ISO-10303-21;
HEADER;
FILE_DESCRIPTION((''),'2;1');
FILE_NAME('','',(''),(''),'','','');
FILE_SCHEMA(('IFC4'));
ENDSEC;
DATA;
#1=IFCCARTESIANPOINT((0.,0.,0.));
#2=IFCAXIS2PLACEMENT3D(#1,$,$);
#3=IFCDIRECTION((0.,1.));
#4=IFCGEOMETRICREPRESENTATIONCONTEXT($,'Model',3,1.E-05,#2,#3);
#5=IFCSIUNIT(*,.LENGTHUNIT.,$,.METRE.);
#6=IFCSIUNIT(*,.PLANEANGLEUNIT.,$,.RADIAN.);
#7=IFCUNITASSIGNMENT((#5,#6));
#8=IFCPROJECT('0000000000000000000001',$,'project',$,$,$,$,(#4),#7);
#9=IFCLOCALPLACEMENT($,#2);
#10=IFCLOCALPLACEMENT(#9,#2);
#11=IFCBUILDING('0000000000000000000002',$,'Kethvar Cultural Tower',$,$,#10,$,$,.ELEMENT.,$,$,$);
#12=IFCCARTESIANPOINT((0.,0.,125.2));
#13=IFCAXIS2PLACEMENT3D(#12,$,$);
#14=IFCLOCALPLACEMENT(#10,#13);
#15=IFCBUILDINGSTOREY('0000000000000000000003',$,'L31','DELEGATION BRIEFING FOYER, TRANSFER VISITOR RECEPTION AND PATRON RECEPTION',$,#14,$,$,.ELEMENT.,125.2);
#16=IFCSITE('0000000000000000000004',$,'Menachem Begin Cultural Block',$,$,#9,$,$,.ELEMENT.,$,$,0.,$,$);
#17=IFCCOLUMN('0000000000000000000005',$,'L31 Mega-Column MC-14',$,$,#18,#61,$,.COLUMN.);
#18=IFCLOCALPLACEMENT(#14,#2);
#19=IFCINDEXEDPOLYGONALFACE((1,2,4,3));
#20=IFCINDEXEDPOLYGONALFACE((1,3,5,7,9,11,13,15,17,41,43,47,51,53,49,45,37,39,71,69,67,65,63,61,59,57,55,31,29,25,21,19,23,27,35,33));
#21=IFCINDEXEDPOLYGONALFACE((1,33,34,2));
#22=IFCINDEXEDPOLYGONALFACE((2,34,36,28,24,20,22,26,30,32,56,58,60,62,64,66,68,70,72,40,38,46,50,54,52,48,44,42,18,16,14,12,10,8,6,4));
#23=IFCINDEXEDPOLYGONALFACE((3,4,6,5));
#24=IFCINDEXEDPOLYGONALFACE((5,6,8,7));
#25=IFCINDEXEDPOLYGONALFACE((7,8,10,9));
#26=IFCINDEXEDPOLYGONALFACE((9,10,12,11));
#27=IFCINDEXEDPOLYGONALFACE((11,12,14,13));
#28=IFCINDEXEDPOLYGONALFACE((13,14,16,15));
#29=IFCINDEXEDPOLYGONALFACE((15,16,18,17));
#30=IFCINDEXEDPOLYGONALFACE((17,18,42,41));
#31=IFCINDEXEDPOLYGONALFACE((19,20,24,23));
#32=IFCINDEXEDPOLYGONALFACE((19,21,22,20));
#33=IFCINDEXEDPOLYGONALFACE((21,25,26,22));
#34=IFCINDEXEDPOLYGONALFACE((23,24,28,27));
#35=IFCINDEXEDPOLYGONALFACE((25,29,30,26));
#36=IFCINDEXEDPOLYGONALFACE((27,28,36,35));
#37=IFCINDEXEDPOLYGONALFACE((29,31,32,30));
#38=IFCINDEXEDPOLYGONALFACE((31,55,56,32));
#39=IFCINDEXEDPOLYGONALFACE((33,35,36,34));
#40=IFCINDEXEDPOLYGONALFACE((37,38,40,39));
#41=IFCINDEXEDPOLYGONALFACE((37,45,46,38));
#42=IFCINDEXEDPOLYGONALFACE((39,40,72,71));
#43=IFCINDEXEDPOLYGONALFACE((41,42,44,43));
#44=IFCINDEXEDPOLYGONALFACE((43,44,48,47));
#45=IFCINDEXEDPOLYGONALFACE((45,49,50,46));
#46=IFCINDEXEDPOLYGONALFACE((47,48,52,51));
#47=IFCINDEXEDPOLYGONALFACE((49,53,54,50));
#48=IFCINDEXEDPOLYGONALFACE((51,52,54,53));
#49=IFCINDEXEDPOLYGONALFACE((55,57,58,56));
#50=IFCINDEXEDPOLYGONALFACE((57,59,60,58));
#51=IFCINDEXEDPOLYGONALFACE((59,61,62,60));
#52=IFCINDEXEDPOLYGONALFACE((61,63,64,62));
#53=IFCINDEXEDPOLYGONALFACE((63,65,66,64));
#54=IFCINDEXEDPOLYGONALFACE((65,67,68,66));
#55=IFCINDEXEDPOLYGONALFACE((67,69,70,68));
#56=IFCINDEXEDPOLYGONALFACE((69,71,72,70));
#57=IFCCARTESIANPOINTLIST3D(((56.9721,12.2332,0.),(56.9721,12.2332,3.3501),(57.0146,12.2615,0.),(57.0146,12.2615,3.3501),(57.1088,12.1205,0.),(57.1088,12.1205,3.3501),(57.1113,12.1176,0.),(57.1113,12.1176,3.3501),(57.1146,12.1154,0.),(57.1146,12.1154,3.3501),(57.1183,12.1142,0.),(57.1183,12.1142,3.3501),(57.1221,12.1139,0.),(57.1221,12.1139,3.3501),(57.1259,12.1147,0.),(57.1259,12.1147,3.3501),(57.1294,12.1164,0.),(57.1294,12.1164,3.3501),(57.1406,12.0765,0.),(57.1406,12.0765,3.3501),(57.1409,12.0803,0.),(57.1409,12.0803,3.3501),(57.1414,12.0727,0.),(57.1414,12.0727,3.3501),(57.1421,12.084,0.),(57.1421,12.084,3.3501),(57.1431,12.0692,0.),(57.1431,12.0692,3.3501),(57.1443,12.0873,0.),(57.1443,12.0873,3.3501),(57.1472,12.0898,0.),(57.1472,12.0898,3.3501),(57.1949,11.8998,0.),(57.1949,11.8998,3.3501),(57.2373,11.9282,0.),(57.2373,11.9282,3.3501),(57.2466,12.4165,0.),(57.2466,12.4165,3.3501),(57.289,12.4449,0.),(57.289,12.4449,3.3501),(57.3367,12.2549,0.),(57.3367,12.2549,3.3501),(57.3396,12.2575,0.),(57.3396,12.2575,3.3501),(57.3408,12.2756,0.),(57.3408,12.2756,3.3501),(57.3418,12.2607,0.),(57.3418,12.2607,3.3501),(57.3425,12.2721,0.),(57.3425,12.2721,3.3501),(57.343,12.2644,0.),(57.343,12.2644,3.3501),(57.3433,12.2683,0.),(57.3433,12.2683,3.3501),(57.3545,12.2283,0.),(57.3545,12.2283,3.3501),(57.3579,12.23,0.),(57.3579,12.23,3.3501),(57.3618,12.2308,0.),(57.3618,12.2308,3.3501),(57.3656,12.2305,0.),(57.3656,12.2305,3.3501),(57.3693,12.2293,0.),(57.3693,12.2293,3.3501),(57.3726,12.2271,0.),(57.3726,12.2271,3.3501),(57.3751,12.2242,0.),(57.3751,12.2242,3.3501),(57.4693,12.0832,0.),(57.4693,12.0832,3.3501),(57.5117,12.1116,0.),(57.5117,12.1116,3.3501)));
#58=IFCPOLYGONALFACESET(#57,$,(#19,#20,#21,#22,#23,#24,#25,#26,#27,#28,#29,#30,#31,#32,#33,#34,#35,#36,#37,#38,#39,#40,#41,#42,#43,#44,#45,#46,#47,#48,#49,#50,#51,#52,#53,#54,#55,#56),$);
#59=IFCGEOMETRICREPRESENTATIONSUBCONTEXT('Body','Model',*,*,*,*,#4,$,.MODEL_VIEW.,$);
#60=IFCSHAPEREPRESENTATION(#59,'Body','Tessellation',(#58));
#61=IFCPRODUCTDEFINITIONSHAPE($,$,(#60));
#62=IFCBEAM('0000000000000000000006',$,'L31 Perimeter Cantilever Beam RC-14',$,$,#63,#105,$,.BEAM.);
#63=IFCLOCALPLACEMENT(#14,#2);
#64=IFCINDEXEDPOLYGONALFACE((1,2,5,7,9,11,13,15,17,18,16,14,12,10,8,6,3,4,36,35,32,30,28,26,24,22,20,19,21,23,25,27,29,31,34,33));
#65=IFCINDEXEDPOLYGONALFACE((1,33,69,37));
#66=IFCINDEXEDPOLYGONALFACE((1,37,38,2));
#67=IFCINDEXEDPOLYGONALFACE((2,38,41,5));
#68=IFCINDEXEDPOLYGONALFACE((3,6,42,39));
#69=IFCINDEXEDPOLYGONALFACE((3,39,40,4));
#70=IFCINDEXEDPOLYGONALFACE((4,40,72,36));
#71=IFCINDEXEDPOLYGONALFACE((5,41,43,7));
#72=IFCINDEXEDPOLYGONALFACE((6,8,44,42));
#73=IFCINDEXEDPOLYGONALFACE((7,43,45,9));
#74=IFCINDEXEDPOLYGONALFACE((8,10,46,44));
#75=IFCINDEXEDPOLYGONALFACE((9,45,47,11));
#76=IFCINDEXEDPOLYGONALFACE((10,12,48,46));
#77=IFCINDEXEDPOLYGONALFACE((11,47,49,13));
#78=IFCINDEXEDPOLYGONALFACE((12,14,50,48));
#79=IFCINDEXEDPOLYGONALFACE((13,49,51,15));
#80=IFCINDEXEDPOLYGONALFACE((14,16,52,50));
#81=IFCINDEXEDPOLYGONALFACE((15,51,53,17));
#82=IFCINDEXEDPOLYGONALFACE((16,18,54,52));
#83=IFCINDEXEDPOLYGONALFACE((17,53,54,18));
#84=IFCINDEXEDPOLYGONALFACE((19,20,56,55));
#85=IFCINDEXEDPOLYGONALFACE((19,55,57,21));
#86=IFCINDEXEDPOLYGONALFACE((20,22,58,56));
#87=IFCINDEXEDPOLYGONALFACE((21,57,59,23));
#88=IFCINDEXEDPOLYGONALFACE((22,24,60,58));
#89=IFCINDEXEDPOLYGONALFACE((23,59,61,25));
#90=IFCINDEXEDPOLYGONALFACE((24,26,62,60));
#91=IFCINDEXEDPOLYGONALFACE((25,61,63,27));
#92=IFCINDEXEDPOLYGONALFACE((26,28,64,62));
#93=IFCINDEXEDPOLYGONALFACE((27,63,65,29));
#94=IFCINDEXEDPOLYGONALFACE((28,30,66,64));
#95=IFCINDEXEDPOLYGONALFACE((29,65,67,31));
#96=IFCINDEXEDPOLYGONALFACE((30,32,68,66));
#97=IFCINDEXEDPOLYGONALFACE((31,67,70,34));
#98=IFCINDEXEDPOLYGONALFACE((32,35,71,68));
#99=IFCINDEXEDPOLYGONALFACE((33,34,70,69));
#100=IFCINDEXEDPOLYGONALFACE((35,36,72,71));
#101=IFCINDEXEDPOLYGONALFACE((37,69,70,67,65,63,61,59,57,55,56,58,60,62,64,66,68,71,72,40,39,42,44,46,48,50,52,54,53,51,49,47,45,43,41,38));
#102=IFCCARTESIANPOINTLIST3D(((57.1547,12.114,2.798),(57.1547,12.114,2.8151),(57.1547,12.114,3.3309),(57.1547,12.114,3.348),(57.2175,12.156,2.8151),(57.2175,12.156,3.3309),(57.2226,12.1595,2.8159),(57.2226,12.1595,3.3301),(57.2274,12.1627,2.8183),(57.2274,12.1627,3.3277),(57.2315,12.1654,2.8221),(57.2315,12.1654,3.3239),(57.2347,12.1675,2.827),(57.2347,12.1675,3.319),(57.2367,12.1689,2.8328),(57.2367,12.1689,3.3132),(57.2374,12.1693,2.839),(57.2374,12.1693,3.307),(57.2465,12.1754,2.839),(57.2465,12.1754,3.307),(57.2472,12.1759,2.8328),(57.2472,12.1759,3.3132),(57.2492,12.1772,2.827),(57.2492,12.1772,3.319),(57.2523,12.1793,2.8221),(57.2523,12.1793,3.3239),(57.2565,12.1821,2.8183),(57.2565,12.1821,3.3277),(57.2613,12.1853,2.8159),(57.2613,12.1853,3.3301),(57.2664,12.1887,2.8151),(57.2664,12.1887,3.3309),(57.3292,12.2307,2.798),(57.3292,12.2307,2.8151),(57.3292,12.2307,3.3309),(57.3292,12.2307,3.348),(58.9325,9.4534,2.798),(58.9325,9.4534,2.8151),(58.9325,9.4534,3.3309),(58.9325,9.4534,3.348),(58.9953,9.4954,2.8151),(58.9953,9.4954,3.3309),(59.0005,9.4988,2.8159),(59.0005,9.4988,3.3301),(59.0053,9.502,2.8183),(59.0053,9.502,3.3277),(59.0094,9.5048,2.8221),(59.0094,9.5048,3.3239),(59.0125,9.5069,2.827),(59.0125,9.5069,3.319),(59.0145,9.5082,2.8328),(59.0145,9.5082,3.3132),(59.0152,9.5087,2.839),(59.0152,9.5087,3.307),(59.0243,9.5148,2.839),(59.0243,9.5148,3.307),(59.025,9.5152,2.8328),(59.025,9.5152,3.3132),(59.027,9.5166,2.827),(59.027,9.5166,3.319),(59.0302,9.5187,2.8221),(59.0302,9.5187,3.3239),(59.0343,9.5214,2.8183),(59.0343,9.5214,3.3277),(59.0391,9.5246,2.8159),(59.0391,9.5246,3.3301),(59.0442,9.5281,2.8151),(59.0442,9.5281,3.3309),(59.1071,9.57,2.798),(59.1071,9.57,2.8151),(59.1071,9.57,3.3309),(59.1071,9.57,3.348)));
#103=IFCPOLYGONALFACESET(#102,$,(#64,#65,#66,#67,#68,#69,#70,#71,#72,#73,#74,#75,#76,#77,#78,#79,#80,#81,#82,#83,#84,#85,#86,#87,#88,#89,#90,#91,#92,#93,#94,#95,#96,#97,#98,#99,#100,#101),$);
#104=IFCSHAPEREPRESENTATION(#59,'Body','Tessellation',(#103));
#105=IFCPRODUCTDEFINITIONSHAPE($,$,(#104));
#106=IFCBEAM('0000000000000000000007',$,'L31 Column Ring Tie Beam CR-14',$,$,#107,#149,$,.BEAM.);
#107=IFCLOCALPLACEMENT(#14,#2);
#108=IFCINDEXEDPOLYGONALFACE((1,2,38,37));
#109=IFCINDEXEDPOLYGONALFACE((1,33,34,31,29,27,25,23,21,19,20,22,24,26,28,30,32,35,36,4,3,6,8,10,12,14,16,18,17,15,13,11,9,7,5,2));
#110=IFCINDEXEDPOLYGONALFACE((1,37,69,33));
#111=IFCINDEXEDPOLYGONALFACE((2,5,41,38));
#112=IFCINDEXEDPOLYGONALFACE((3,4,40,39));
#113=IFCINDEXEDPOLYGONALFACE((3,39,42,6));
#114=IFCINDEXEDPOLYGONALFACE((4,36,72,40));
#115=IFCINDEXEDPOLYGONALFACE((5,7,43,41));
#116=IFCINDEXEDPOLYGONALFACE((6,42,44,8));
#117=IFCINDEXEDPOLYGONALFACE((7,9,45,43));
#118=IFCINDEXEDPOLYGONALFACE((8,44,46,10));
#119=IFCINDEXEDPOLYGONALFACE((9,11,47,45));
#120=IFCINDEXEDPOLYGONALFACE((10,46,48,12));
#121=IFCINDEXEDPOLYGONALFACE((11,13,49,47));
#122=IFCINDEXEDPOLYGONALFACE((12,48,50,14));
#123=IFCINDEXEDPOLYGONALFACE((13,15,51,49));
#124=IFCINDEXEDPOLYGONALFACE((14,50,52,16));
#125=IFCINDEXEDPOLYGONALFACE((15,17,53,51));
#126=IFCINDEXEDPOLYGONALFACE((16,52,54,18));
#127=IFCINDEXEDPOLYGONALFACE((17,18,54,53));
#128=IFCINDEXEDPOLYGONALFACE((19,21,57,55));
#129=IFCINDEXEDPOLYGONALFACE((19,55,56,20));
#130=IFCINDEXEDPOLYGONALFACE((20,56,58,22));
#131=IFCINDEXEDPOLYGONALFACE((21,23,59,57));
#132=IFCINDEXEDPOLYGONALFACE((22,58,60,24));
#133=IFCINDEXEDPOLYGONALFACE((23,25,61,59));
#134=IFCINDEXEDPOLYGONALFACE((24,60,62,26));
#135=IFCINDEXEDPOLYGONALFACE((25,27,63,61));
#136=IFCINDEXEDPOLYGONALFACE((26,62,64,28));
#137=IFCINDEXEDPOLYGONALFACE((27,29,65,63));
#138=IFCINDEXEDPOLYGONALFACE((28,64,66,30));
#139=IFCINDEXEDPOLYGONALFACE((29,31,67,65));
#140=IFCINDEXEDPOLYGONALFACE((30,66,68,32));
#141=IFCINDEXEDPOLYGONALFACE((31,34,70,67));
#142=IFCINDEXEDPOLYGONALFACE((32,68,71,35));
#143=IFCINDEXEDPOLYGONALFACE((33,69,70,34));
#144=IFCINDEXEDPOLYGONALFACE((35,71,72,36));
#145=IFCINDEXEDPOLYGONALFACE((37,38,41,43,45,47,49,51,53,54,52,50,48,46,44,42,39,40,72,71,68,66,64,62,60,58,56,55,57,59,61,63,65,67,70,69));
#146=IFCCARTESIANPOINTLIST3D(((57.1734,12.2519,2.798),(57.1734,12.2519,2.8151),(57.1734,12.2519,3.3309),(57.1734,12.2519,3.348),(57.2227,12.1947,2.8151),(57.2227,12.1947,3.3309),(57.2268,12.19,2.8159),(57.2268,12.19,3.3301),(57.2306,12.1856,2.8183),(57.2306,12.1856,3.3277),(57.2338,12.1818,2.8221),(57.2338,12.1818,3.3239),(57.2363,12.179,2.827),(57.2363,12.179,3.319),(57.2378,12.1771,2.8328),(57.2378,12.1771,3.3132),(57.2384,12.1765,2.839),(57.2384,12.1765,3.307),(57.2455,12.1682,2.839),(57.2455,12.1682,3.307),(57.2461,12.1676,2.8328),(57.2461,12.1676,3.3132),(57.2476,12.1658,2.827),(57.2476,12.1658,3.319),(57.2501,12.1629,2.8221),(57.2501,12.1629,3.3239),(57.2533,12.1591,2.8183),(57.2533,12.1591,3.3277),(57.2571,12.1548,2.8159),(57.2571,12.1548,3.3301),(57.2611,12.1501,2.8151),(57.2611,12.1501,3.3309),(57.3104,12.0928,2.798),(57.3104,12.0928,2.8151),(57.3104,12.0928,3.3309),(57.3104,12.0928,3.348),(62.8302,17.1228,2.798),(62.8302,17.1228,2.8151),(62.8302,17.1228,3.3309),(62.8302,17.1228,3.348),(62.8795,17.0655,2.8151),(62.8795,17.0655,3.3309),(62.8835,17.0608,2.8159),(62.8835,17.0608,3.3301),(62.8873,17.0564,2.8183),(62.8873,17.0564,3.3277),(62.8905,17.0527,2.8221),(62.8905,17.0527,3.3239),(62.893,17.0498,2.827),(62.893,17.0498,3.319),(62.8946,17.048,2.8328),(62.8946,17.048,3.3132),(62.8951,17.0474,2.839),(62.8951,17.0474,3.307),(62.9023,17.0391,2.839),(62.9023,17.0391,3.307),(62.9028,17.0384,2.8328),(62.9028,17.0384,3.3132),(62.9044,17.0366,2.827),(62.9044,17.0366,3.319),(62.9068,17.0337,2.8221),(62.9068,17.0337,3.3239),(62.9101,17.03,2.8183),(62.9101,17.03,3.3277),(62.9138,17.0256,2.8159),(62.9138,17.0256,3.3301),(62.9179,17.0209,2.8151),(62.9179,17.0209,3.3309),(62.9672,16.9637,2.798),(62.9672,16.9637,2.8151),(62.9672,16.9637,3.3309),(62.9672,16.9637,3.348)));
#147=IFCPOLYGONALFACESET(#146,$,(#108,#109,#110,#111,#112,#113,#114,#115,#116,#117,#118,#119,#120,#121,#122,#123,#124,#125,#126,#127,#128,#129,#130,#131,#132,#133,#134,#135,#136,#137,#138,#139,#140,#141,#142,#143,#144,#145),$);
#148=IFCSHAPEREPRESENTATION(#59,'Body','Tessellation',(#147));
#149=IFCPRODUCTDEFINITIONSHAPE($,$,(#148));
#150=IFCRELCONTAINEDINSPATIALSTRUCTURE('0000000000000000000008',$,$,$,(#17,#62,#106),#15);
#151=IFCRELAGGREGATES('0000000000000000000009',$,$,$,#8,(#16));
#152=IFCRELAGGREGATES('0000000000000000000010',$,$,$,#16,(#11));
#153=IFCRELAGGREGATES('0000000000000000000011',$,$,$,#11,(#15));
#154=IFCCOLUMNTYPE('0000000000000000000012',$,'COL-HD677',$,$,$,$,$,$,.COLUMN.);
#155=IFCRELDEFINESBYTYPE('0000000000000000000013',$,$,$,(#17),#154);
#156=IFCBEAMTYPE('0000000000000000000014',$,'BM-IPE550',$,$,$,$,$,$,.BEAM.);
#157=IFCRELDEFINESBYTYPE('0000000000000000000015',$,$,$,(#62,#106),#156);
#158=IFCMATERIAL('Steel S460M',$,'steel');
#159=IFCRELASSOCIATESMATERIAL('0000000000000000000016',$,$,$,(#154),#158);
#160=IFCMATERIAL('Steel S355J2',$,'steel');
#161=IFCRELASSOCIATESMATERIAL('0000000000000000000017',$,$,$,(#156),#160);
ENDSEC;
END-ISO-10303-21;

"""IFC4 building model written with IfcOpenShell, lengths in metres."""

from ifc_helpers import new_model, si_unit, direction, frame, origin, origin_2d, place, context, subcontext, project, spatial, i_section, extrude, source, transform, mapped, material, material_profile, profile_set, type_object, element, save


model = new_model("IFC4")

# Units and contexts
model_context = context("Model", 3, precision=1e-05, world=origin(), true_north=direction((0.0, 1.0)))
body_context = subcontext(model_context, "Body", "Model", "MODEL_VIEW")
ifc_project = project(units=[si_unit("LENGTHUNIT", "METRE"), si_unit("PLANEANGLEUNIT", "RADIAN")], contexts=[model_context])

# Site, building, storey
site_placement = place(None, origin())
site = spatial("IfcSite", under=ifc_project, at=site_placement, Name="Menachem Begin Cultural Block", CompositionType="ELEMENT", RefElevation=0.0)
building_placement = place(site_placement, origin())
building = spatial("IfcBuilding", under=site, at=building_placement, Name="Kethvar Cultural Tower", CompositionType="ELEMENT")
storey_placement = place(building_placement, frame((0.0, 0.0, 125.2)))
storey = spatial("IfcBuildingStorey", under=building, at=storey_placement, Name="L31", Description="DELEGATION BRIEFING FOYER, TRANSFER VISITOR RECEPTION AND PATRON RECEPTION", CompositionType="ELEMENT", Elevation=125.2)

# Column
ifc_material_1 = material(Name="Steel S460M", Category="steel")
ifc_material_profile_1 = material_profile(ifc_material_1, i_section(OverallWidth=0.4009, OverallDepth=0.3811, WebThickness=0.032, FlangeThickness=0.051, FilletRadius=0.0149, at=origin_2d()), Name="Steel S460M — HD400x677")
ifc_profile_set_1 = profile_set([ifc_material_profile_1], Name="Steel S460M — HD400x677")
column_type = type_object("IfcColumnType", Name="COL-HD677", PredefinedType="COLUMN", material=ifc_profile_set_1)
shared_shape_1 = source(origin(), body_context, "Body", "SweptSolid", [
    extrude(i_section(OverallWidth=0.4009, OverallDepth=0.3811, WebThickness=0.032, FlangeThickness=0.051, FilletRadius=0.0149, at=origin_2d()), origin(), (0.0, 0.0, 1.0), 3.3501),
])
column_placement = place(storey_placement, frame((57.2419, 12.1724, 0.0), z_axis=(0.0, 0.0, 1.0), x_axis=(0.55557, -0.83147, 0.0)))
element("IfcColumn", 1, at=column_placement, inside=storey, type_object=column_type, Name="L31 Mega-Column MC-14", PredefinedType="COLUMN", context=body_context, shape_type="MappedRepresentation", body=[
    mapped(shared_shape_1, transform((0.0, 0.0, 0.0), scale=1.0)),
])

# Beams
ifc_material_2 = material(Name="Steel S355J2", Category="steel")
ifc_material_profile_2 = material_profile(ifc_material_2, i_section(OverallWidth=0.21, OverallDepth=0.55, WebThickness=0.011, FlangeThickness=0.0171, FilletRadius=0.0239, at=origin_2d()), Name="Steel S355J2 — IPE550")
ifc_profile_set_2 = profile_set([ifc_material_profile_2], Name="Steel S355J2 — IPE550")
beam_type_1 = type_object("IfcBeamType", Name="BM-IPE550", PredefinedType="BEAM", material=ifc_profile_set_2)
shared_shape_2 = source(origin(), body_context, "Body", "SweptSolid", [
    extrude(i_section(OverallWidth=0.21, OverallDepth=0.55, WebThickness=0.011, FlangeThickness=0.0171, FilletRadius=0.0239, at=origin_2d()), origin(), (0.0, 0.0, 1.0), 3.2),
])
beam_1_placement = place(storey_placement, frame((57.2419, 12.1724, 3.073), z_axis=(0.55558, -0.831463, 0.0), x_axis=(0.831463, 0.55558, 0.0)))
element("IfcBeam", 2, at=beam_1_placement, inside=storey, type_object=beam_type_1, Name="L31 Perimeter Cantilever Beam RC-14", PredefinedType="BEAM", context=body_context, shape_type="MappedRepresentation", body=[
    mapped(shared_shape_2, transform((0.0, 0.0, 0.0), scale=1.0)),
])
shared_shape_3 = source(origin(), body_context, "Body", "SweptSolid", [
    extrude(i_section(OverallWidth=0.21, OverallDepth=0.55, WebThickness=0.011, FlangeThickness=0.0171, FilletRadius=0.0239, at=origin_2d()), origin(), (0.0, 0.0, 1.0), 7.4648),
])
beam_2_placement = place(storey_placement, frame((57.2419, 12.1724, 3.073), z_axis=(0.757784, 0.652505, 0.0), x_axis=(-0.652505, 0.757784, 0.0)))
element("IfcBeam", 3, at=beam_2_placement, inside=storey, type_object=beam_type_1, Name="L31 Column Ring Tie Beam CR-14", PredefinedType="BEAM", context=body_context, shape_type="MappedRepresentation", body=[
    mapped(shared_shape_3, transform((0.0, 0.0, 0.0), scale=1.0)),
])

save(model, "model.ifc")
